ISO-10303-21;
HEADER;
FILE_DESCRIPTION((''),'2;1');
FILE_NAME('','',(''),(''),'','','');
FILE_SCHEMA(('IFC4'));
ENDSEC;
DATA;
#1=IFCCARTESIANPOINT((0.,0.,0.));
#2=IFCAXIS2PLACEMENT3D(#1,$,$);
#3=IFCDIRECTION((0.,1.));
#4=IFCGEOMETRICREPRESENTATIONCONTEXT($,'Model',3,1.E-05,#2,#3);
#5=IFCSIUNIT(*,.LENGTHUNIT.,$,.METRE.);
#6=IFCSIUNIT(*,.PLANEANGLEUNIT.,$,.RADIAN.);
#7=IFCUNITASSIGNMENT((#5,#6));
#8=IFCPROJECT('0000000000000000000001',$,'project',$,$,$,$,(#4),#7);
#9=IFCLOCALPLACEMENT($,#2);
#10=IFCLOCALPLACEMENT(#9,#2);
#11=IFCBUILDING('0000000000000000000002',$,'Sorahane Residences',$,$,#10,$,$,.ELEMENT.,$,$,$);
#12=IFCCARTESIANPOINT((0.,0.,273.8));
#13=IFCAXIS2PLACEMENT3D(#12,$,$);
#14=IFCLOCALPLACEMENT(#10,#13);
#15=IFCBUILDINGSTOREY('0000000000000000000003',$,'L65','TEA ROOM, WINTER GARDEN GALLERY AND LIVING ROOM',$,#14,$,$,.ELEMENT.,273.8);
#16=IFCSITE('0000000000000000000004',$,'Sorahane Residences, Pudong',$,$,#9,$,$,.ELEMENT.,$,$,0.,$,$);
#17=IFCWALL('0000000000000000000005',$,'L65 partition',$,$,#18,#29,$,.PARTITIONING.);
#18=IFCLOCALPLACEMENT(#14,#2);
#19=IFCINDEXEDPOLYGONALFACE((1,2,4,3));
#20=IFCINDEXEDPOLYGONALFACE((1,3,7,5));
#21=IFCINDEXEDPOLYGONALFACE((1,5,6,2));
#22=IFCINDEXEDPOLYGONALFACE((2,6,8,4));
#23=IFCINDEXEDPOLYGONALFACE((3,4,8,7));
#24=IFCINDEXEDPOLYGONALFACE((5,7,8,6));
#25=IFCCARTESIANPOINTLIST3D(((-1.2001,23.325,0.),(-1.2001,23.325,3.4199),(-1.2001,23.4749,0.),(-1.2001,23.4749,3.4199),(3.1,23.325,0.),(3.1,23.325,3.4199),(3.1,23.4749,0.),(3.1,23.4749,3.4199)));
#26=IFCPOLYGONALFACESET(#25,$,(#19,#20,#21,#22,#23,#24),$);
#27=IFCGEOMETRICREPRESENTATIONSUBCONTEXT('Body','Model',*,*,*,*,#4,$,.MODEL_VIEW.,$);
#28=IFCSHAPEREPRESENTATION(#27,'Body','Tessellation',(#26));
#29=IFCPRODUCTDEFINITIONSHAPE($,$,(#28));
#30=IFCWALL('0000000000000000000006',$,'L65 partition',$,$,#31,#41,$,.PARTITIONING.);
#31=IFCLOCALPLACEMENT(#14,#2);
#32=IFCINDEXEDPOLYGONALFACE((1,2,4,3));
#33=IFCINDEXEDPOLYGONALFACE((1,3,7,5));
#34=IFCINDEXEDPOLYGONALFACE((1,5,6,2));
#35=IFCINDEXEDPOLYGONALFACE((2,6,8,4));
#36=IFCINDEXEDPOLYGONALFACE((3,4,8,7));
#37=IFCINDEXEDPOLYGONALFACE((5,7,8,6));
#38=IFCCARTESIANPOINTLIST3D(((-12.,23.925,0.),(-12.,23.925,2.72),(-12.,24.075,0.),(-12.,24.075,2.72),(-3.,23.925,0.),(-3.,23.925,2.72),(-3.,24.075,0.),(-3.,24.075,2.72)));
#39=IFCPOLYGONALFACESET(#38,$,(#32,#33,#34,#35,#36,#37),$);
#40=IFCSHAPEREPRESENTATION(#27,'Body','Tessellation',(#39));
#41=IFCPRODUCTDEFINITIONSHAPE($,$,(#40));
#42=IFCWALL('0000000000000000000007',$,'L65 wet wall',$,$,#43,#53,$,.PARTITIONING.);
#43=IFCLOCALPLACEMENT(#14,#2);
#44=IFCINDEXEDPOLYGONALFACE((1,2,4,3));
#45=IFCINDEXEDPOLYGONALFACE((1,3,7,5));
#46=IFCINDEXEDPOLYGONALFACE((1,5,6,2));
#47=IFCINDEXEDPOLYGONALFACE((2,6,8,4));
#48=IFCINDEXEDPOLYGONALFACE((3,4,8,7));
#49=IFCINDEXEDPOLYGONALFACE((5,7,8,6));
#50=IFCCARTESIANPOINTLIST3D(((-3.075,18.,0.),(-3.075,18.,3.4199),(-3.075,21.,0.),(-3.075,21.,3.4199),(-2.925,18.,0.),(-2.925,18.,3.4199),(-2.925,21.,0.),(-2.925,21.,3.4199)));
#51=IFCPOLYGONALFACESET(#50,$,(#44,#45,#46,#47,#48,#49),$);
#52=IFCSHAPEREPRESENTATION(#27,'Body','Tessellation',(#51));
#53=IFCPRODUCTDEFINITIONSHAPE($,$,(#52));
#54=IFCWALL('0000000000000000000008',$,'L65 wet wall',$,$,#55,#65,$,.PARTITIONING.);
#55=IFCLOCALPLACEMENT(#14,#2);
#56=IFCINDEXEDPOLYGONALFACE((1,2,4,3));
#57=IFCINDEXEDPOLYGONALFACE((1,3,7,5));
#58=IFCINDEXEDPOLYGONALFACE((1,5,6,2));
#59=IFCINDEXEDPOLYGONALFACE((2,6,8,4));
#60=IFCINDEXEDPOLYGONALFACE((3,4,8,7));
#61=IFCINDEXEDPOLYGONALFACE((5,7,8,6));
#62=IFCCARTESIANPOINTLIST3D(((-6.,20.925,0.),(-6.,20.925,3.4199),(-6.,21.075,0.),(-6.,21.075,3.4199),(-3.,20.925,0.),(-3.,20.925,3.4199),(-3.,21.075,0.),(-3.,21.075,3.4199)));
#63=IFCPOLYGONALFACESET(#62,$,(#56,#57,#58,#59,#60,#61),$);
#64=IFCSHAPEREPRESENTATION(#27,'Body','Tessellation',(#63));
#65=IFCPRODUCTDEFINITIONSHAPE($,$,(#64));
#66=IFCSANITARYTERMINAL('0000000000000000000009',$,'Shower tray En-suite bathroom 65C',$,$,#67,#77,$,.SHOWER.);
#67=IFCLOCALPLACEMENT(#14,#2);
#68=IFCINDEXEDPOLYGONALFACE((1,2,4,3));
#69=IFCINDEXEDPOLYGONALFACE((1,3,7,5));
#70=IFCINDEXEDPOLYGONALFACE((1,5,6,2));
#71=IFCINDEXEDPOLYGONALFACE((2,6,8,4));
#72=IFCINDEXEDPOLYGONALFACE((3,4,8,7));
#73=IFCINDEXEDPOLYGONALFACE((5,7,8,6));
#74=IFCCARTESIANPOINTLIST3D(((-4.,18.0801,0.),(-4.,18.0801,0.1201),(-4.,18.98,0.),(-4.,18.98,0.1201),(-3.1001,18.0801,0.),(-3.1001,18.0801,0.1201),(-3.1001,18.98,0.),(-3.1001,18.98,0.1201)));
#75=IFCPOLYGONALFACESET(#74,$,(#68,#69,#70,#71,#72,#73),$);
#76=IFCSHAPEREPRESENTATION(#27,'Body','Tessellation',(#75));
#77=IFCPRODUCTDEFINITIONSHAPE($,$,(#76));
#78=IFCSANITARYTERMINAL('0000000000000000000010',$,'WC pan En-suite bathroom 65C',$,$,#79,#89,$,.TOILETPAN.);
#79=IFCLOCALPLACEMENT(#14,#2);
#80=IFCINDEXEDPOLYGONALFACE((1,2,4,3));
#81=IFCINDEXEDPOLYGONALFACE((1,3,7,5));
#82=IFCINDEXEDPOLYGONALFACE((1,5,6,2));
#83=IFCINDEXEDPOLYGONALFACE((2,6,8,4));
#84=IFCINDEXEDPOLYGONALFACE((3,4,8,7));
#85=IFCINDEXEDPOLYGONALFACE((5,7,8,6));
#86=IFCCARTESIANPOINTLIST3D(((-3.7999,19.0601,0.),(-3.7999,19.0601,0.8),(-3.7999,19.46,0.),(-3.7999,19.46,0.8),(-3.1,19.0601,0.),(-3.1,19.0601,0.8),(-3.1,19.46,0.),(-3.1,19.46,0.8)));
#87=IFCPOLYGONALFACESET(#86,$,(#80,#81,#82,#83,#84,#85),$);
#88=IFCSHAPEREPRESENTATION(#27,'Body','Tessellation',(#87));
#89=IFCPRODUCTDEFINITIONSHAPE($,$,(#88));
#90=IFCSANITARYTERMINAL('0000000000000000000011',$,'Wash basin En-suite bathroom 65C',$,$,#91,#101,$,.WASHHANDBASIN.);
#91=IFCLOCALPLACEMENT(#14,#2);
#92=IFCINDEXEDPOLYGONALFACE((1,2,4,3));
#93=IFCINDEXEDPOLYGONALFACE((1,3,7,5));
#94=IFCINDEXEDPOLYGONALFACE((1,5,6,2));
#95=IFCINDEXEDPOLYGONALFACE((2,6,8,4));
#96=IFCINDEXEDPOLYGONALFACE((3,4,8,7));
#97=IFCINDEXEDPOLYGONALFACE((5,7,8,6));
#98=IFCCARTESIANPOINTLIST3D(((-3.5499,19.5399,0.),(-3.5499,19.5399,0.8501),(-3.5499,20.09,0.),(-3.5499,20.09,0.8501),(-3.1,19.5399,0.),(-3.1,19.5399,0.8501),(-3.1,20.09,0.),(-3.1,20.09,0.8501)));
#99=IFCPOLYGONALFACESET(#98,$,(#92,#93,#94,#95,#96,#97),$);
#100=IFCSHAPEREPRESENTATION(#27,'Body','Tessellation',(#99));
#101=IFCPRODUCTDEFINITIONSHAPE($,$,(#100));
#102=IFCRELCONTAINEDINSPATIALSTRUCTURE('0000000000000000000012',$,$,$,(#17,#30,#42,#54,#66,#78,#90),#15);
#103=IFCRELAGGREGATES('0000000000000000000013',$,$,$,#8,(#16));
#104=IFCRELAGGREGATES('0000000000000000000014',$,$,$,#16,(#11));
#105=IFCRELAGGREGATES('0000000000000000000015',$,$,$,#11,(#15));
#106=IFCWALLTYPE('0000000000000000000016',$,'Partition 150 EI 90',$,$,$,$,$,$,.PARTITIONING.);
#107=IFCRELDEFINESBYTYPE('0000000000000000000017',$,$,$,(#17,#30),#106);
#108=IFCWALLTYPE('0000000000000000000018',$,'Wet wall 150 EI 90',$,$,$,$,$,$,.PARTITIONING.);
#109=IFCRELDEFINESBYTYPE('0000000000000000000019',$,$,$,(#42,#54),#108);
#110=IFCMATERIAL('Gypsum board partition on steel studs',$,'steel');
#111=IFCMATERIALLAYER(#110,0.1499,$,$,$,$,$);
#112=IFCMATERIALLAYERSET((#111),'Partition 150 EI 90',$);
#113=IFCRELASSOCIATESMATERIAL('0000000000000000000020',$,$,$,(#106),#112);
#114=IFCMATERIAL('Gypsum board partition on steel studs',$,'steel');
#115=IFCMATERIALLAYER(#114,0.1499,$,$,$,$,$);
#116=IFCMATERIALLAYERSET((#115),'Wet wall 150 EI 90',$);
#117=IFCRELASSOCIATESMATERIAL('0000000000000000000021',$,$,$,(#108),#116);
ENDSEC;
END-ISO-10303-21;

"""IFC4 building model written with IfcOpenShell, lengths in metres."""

from ifc_helpers import new_model, si_unit, direction, frame, frame_2d, origin, origin_2d, place, context, subcontext, project, spatial, rectangle, extrude, material, layer, layer_set, type_object, element, save


model = new_model("IFC4")

# Units and contexts
model_context = context("Model", 3, precision=1e-05, world=origin(), true_north=direction((0.0, 1.0)))
body_context = subcontext(model_context, "Body", "Model", "MODEL_VIEW")
ifc_project = project(units=[si_unit("LENGTHUNIT", "METRE"), si_unit("PLANEANGLEUNIT", "RADIAN")], contexts=[model_context])

# Site, building, storey
site_placement = place(None, origin())
site = spatial("IfcSite", under=ifc_project, at=site_placement, Name="Sorahane Residences, Pudong", CompositionType="ELEMENT", RefElevation=0.0)
building_placement = place(site_placement, origin())
building = spatial("IfcBuilding", under=site, at=building_placement, Name="Sorahane Residences", CompositionType="ELEMENT")
storey_placement = place(building_placement, frame((0.0, 0.0, 273.8)))
storey = spatial("IfcBuildingStorey", under=building, at=storey_placement, Name="L65", Description="TEA ROOM, WINTER GARDEN GALLERY AND LIVING ROOM", CompositionType="ELEMENT", Elevation=273.8)

# Shared definitions
ifc_material_1 = material(Name="Gypsum board partition on steel studs", Category="steel")
ifc_layer_1 = layer(ifc_material_1, 0.1499)
ifc_layer_set_1 = layer_set([ifc_layer_1], Name="Partition 150 EI 90")
wall_type_1 = type_object("IfcWallType", Name="Partition 150 EI 90", PredefinedType="PARTITIONING", material=ifc_layer_set_1)

# Walls
wall_1_placement = place(storey_placement, frame((-1.2, 23.3999, 0.0), z_axis=(0.0, 0.0, 1.0), x_axis=(1.0, 0.0, 0.0)))
element("IfcWall", 1, at=wall_1_placement, inside=storey, type_object=wall_type_1, Name="L65 partition", PredefinedType="PARTITIONING", context=body_context, shape_type="SweptSolid", body=[
    extrude(rectangle(XDim=4.3, YDim=0.1499, at=frame_2d((2.1499, 0.0))), origin(), (0.0, 0.0, 1.0), 3.4199),
])
wall_2_placement = place(storey_placement, frame((-12.0, 24.0, 0.0), z_axis=(0.0, 0.0, 1.0), x_axis=(1.0, 0.0, 0.0)))
element("IfcWall", 2, at=wall_2_placement, inside=storey, type_object=wall_type_1, Name="L65 partition", PredefinedType="PARTITIONING", context=body_context, shape_type="SweptSolid", body=[
    extrude(rectangle(XDim=9.0, YDim=0.1499, at=frame_2d((4.5, 0.0))), origin(), (0.0, 0.0, 1.0), 2.72),
])
ifc_material_2 = material(Name="Gypsum board partition on steel studs", Category="steel")
ifc_layer_2 = layer(ifc_material_2, 0.1499)
ifc_layer_set_2 = layer_set([ifc_layer_2], Name="Wet wall 150 EI 90")
wall_type_2 = type_object("IfcWallType", Name="Wet wall 150 EI 90", PredefinedType="PARTITIONING", material=ifc_layer_set_2)
for number, where, z_axis, x_axis, name in (
    (3, (-3.0, 18.0, 0.0), (0.0, 0.0, 1.0), (0.0, 1.0, 0.0), "L65 wet wall"),
    (4, (-6.0, 21.0, 0.0), (0.0, 0.0, 1.0), (1.0, 0.0, 0.0), "L65 wet wall"),
):
    element("IfcWall", number, at=place(storey_placement, frame(where, z_axis=z_axis, x_axis=x_axis)), inside=storey, type_object=wall_type_2, Name=name, PredefinedType="PARTITIONING", context=body_context, shape_type="SweptSolid", body=[
        extrude(rectangle(XDim=3.0, YDim=0.1499, at=frame_2d((1.5, 0.0))), origin(), (0.0, 0.0, 1.0), 3.4199),
    ])

# Sanitary terminals
sanitary_terminal_1_placement = place(storey_placement, frame((-3.55, 18.53, 0.0), z_axis=(0.0, 0.0, 1.0), x_axis=(0.0, -1.0, 0.0)))
element("IfcSanitaryTerminal", 5, at=sanitary_terminal_1_placement, inside=storey, Name="Shower tray En-suite bathroom 65C", PredefinedType="SHOWER", context=body_context, shape_type="SweptSolid", body=[
    extrude(rectangle(XDim=0.8999, YDim=0.8999, at=origin_2d()), origin(), (0.0, 0.0, 1.0), 0.1201),
])
sanitary_terminal_2_placement = place(storey_placement, frame((-3.45, 19.26, 0.0), z_axis=(0.0, 0.0, 1.0), x_axis=(0.0, -1.0, 0.0)))
element("IfcSanitaryTerminal", 6, at=sanitary_terminal_2_placement, inside=storey, Name="WC pan En-suite bathroom 65C", PredefinedType="TOILETPAN", context=body_context, shape_type="SweptSolid", body=[
    extrude(rectangle(XDim=0.3999, YDim=0.7, at=origin_2d()), origin(), (0.0, 0.0, 1.0), 0.8),
])
sanitary_terminal_3_placement = place(storey_placement, frame((-3.325, 19.8149, 0.0), z_axis=(0.0, 0.0, 1.0), x_axis=(0.0, -1.0, 0.0)))
element("IfcSanitaryTerminal", 7, at=sanitary_terminal_3_placement, inside=storey, Name="Wash basin En-suite bathroom 65C", PredefinedType="WASHHANDBASIN", context=body_context, shape_type="SweptSolid", body=[
    extrude(rectangle(XDim=0.55, YDim=0.45, at=origin_2d()), origin(), (0.0, 0.0, 1.0), 0.8501),
])

save(model, "model.ifc")
